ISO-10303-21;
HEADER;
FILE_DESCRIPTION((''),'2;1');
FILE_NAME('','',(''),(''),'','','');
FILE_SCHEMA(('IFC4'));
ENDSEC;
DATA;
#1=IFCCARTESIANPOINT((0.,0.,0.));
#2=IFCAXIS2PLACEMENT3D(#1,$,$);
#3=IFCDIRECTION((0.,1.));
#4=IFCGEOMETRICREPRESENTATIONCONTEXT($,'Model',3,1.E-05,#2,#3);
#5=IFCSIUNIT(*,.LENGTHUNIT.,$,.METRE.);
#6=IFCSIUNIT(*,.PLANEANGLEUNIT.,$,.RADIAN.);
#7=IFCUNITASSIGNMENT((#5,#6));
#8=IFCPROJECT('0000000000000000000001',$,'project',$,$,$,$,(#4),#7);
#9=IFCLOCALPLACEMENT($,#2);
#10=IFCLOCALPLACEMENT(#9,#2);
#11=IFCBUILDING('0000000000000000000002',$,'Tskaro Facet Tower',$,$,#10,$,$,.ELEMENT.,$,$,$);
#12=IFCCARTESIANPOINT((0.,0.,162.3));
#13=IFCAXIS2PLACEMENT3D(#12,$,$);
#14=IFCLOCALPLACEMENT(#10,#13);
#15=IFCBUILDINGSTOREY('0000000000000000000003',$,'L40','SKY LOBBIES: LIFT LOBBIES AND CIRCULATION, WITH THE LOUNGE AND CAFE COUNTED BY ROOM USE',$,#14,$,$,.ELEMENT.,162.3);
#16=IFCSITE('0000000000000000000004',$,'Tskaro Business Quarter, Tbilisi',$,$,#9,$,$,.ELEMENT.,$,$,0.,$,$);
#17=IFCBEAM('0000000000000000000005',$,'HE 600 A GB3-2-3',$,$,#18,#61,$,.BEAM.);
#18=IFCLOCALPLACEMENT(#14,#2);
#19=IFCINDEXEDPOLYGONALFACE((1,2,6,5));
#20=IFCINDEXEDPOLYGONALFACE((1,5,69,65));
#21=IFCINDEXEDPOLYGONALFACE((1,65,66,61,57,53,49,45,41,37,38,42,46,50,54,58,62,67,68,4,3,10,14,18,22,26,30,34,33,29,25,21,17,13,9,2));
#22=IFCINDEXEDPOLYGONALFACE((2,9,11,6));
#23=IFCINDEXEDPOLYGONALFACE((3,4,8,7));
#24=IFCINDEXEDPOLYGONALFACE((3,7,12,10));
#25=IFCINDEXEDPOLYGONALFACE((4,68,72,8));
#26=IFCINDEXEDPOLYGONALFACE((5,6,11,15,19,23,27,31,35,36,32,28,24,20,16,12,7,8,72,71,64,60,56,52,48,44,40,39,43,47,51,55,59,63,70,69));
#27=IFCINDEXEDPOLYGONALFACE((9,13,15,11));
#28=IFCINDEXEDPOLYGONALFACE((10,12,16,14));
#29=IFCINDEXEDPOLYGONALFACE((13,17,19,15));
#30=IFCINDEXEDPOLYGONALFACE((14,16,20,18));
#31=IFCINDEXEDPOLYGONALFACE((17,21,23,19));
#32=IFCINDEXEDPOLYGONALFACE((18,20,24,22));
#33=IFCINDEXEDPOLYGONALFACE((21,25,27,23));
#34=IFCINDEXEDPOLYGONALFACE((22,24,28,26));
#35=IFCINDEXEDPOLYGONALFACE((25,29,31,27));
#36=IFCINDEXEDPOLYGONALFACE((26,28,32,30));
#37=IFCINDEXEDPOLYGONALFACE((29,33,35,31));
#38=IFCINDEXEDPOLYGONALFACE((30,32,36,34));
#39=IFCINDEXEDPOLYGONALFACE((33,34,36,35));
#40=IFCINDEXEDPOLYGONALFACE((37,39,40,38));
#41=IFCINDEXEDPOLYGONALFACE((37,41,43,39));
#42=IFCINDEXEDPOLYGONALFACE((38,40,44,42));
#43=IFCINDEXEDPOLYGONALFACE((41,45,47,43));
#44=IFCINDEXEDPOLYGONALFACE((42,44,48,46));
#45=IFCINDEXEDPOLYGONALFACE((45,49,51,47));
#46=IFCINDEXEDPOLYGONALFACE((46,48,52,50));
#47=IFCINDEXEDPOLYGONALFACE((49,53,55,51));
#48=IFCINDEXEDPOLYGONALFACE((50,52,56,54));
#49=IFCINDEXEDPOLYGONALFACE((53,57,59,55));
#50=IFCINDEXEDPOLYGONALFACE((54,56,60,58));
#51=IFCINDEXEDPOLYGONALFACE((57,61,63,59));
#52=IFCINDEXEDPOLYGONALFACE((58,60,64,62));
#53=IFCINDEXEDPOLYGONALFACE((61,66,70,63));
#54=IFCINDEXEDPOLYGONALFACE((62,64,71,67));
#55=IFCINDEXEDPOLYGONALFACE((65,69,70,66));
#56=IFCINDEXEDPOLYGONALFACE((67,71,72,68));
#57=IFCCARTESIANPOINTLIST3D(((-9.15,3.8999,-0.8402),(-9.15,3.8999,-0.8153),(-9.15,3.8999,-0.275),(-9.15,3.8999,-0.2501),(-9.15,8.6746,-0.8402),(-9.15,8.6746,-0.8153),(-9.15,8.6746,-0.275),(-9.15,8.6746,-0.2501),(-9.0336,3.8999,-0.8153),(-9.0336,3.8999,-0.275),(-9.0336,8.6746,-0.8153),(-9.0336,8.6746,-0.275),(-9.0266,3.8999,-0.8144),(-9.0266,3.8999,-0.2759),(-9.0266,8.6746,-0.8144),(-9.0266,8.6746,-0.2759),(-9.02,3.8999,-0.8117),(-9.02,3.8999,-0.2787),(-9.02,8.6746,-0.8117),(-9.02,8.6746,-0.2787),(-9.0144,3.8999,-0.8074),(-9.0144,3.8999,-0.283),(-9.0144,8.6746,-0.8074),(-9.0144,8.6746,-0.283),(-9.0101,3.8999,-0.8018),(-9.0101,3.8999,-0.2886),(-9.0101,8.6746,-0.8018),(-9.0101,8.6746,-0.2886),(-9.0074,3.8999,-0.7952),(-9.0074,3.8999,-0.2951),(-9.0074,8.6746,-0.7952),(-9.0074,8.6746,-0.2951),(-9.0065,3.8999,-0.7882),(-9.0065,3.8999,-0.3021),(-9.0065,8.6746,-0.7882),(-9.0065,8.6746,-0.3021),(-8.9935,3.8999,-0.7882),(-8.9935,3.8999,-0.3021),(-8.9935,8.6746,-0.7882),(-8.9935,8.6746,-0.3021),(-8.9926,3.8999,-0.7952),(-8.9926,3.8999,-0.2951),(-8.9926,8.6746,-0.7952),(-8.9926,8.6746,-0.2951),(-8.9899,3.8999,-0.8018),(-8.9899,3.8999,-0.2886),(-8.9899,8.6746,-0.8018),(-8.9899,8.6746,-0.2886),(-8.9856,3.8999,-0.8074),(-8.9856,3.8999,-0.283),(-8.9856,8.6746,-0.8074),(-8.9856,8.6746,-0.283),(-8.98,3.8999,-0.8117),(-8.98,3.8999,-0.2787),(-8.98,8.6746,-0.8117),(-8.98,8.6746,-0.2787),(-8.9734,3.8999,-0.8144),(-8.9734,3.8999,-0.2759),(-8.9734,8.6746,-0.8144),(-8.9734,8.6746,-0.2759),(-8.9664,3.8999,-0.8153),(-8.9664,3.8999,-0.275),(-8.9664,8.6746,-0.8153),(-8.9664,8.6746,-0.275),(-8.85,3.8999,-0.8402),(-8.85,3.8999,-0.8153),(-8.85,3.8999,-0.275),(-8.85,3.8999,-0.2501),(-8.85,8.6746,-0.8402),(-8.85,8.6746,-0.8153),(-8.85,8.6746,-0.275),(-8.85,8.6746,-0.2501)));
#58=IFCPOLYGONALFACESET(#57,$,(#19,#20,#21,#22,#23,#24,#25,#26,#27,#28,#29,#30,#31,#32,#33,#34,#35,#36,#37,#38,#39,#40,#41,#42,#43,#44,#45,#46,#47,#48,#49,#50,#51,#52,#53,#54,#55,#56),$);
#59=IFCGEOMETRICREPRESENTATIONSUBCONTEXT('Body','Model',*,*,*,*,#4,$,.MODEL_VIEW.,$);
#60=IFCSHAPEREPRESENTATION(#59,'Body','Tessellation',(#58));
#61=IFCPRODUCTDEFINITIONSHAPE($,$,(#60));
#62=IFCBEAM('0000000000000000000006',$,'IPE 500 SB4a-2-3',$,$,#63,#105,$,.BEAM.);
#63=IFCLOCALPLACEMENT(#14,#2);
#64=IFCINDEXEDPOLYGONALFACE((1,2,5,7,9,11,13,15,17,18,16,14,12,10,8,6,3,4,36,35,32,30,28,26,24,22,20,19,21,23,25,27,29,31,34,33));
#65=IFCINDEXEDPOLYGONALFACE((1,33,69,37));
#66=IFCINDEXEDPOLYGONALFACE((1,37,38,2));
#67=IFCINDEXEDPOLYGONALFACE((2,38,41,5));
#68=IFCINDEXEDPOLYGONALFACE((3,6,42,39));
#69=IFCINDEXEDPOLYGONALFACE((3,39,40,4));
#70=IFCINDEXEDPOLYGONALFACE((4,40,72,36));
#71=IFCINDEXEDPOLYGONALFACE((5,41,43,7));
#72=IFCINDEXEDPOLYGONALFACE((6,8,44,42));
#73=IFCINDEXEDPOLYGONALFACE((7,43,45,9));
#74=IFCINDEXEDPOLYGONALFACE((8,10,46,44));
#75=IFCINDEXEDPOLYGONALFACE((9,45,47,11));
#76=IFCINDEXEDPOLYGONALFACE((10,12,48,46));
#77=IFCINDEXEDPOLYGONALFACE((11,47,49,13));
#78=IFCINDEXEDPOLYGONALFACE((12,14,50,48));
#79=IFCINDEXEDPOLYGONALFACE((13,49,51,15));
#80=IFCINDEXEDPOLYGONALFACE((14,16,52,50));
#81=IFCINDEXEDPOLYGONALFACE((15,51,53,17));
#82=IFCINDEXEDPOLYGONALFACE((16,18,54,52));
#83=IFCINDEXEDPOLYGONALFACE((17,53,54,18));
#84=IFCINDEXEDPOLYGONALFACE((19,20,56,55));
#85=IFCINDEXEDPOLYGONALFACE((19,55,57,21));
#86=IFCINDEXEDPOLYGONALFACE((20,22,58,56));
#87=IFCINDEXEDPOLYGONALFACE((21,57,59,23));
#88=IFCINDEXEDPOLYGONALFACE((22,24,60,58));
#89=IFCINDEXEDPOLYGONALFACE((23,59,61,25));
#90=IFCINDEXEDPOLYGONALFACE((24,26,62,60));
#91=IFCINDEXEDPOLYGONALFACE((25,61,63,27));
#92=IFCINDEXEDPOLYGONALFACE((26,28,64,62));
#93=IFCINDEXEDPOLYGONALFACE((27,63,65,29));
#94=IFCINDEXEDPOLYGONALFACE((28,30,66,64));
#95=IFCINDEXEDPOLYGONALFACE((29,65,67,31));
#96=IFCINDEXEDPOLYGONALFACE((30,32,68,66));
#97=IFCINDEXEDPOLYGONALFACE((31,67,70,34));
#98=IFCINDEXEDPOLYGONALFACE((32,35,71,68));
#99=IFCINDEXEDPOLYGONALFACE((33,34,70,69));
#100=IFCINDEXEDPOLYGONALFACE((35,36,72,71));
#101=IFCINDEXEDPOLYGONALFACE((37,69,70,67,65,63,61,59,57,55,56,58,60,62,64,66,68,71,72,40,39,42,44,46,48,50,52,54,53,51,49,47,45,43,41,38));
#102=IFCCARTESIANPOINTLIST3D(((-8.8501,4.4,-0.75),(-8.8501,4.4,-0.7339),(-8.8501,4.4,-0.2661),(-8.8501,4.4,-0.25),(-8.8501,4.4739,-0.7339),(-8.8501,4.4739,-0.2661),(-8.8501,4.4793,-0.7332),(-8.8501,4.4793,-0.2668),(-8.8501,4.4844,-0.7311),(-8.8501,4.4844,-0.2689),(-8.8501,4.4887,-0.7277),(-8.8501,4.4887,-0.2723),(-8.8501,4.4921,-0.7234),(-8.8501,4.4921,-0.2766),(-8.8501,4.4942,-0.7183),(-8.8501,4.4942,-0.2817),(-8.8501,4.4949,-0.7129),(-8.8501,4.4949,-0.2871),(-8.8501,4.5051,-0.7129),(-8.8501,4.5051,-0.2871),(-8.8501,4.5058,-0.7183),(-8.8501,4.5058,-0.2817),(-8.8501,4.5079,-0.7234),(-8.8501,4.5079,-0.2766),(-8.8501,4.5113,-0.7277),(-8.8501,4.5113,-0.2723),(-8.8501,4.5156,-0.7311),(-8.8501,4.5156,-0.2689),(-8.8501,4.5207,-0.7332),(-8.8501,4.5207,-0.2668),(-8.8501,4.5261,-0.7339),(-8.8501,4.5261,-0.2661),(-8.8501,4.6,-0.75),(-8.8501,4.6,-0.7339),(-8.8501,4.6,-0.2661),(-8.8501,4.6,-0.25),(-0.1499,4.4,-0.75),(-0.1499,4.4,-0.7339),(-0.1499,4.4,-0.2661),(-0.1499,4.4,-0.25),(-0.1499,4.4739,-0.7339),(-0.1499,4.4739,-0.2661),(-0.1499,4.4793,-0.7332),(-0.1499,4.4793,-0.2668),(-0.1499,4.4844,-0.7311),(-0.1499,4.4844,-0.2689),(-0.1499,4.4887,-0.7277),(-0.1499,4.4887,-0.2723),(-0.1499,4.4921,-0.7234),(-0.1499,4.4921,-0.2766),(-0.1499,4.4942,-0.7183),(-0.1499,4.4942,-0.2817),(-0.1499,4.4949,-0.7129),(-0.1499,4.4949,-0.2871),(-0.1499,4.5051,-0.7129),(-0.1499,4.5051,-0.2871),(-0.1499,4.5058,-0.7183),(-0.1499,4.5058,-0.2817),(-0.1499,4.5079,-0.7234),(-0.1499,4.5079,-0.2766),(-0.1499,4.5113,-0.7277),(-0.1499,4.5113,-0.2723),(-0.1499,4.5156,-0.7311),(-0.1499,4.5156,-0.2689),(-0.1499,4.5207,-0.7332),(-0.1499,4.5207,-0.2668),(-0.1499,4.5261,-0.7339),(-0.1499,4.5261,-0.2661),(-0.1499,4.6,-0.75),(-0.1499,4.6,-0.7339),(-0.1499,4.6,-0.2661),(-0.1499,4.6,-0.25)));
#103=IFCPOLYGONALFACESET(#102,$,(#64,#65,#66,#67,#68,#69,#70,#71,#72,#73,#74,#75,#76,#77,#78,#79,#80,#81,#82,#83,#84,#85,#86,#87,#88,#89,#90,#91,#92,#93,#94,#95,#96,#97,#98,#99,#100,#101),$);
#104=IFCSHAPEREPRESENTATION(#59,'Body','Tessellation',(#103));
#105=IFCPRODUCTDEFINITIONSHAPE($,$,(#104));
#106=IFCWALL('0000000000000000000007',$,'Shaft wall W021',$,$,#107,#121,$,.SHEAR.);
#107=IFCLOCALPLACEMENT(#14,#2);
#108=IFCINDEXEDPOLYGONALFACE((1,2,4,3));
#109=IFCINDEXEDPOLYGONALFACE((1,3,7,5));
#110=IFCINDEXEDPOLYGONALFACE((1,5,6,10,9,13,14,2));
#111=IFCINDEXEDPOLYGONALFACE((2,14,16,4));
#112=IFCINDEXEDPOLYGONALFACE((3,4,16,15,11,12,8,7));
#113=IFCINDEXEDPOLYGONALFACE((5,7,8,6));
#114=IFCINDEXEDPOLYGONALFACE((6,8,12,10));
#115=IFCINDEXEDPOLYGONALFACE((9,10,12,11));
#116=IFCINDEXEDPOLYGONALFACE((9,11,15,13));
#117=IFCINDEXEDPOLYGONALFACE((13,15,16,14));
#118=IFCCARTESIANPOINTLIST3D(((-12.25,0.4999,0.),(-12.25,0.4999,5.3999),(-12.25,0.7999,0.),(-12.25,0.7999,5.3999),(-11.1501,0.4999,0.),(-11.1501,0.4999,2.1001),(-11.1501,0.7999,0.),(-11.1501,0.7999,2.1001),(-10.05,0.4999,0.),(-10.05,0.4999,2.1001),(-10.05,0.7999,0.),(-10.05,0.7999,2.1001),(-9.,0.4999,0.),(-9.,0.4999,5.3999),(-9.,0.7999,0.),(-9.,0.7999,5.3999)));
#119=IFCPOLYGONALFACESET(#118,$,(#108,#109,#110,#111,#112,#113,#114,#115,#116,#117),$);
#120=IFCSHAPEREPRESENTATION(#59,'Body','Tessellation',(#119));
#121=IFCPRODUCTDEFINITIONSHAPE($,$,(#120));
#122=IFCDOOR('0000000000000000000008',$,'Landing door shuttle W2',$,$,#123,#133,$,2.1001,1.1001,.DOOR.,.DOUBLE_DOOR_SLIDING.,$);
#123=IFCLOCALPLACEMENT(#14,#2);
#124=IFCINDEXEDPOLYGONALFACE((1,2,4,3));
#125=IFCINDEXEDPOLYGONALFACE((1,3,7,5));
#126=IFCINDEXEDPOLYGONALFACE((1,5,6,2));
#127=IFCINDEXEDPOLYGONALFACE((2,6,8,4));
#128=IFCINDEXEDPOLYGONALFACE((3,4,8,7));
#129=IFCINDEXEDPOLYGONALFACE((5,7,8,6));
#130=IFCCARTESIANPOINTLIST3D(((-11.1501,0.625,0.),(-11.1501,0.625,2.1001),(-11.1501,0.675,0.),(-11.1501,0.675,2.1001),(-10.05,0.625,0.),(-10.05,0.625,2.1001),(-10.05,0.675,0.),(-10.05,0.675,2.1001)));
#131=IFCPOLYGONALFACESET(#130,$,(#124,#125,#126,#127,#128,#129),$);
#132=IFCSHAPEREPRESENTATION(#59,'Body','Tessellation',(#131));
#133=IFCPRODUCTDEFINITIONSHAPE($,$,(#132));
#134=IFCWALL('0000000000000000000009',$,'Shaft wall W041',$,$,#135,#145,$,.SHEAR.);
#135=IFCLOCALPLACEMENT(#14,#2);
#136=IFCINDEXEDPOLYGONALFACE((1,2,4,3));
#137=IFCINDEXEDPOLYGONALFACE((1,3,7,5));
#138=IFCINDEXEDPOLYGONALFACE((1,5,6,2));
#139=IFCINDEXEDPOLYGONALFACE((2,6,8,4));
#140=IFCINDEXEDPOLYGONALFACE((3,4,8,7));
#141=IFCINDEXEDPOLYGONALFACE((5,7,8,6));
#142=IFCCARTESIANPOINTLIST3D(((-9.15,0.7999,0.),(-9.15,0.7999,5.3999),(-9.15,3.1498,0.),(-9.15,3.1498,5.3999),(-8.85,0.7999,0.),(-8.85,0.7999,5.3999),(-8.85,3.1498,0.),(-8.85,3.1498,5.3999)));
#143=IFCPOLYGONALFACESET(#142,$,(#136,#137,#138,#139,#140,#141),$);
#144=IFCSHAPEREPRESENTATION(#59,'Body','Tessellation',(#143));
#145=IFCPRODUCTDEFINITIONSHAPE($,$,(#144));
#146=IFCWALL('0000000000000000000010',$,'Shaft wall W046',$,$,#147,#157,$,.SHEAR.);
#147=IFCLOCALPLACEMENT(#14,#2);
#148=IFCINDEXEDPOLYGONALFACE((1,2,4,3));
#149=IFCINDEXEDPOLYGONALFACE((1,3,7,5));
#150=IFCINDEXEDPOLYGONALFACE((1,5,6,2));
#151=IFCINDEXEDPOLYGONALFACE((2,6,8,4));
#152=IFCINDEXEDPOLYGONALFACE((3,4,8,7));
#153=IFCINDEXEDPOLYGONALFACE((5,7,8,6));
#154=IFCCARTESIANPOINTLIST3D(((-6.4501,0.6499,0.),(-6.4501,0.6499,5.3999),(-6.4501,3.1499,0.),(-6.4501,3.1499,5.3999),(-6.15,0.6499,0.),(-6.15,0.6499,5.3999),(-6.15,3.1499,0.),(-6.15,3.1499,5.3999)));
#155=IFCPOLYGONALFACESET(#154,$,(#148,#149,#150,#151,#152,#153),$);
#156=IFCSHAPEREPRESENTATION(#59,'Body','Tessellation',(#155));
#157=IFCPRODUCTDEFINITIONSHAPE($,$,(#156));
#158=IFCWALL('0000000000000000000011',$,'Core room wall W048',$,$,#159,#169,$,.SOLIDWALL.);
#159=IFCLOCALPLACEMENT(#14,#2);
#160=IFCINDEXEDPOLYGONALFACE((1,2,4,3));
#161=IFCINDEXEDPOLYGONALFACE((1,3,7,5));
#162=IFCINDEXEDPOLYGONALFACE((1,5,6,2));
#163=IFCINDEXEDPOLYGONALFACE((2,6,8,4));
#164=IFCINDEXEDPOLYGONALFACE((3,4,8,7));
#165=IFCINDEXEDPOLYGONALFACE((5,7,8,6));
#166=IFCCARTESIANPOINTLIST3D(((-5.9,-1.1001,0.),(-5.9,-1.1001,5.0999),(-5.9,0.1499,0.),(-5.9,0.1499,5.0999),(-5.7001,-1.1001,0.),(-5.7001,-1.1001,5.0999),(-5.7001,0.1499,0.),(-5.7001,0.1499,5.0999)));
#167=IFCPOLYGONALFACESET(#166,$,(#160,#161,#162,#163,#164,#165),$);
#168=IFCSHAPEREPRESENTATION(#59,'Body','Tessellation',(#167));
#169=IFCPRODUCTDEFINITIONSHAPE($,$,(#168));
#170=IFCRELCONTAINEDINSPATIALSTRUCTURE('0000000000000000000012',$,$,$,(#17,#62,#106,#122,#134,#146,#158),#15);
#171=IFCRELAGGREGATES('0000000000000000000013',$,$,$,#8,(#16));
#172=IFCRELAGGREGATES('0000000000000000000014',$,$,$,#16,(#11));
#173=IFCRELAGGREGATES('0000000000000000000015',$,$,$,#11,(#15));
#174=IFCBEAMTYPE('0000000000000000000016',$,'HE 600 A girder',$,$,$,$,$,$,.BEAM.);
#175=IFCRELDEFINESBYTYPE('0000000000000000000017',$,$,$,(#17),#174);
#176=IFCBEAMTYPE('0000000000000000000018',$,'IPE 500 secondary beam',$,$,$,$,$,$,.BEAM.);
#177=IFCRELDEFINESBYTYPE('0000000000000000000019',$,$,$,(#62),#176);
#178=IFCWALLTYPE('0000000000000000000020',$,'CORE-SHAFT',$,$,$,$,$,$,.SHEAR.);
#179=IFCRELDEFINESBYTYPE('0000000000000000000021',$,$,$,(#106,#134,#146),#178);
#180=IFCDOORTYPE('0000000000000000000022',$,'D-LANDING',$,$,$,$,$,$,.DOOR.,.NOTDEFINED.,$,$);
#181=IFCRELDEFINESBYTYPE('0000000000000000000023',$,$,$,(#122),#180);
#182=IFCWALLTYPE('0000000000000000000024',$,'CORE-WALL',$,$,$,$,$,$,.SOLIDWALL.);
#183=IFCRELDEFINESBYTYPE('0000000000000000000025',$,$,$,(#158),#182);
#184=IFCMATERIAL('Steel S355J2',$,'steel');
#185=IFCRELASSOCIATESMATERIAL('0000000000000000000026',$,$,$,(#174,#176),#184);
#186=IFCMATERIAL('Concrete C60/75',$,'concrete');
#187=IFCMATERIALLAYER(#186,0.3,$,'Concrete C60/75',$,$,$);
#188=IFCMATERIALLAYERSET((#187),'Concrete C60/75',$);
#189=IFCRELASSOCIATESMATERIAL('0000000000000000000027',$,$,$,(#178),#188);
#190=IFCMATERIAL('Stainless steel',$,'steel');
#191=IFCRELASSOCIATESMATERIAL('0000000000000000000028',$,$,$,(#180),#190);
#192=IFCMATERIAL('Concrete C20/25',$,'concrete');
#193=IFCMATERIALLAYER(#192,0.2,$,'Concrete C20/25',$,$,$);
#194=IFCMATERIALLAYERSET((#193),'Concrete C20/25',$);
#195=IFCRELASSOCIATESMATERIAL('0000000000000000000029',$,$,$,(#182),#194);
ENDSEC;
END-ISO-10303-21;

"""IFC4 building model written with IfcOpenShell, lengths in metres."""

from ifc_helpers import new_model, si_unit, direction, frame, frame_2d, origin, origin_2d, place, context, subcontext, project, spatial, rectangle, i_section, extrude, material, layer, layer_set, material_profile, profile_set, type_object, element, fill, save


model = new_model("IFC4")

# Units and contexts
model_context = context("Model", 3, precision=1e-05, world=origin(), true_north=direction((0.0, 1.0)))
body_context = subcontext(model_context, "Body", "Model", "MODEL_VIEW")
ifc_project = project(units=[si_unit("LENGTHUNIT", "METRE"), si_unit("PLANEANGLEUNIT", "RADIAN")], contexts=[model_context])

# Site, building, storey
site_placement = place(None, origin())
site = spatial("IfcSite", under=ifc_project, at=site_placement, Name="Tskaro Business Quarter, Tbilisi", CompositionType="ELEMENT", RefElevation=0.0)
building_placement = place(site_placement, origin())
building = spatial("IfcBuilding", under=site, at=building_placement, Name="Tskaro Facet Tower", CompositionType="ELEMENT")
storey_placement = place(building_placement, frame((0.0, 0.0, 162.3)))
storey = spatial("IfcBuildingStorey", under=building, at=storey_placement, Name="L40", Description="SKY LOBBIES: LIFT LOBBIES AND CIRCULATION, WITH THE LOUNGE AND CAFE COUNTED BY ROOM USE", CompositionType="ELEMENT", Elevation=162.3)

# Beams
ifc_material_1 = material(Name="Steel S355J2", Category="steel")
ifc_material_profile_1 = material_profile(ifc_material_1, i_section(OverallWidth=0.3, OverallDepth=0.5901, WebThickness=0.0129, FlangeThickness=0.0249, FilletRadius=0.0271, at=origin_2d()), Name="HE 600 A")
ifc_profile_set_1 = profile_set([ifc_material_profile_1], Name="Steel S355J2")
beam_type_1 = type_object("IfcBeamType", Name="HE 600 A girder", PredefinedType="BEAM", material=ifc_profile_set_1)
beam_1_placement = place(storey_placement, frame((-9.0, 3.8999, -0.5452), z_axis=(0.0, 1.0, 0.0), x_axis=(-1.0, 0.0, 0.0)))
element("IfcBeam", 1, at=beam_1_placement, inside=storey, type_object=beam_type_1, Name="HE 600 A GB3-2-3", PredefinedType="BEAM", context=body_context, shape_type="SweptSolid", body=[
    extrude(i_section(OverallWidth=0.3, OverallDepth=0.5901, WebThickness=0.0129, FlangeThickness=0.0249, FilletRadius=0.0271, at=origin_2d()), origin(), (0.0, 0.0, 1.0), 4.7747),
])
ifc_material_profile_2 = material_profile(ifc_material_1, i_section(OverallWidth=0.2, OverallDepth=0.5, WebThickness=0.0103, FlangeThickness=0.0161, FilletRadius=0.021, at=origin_2d()), Name="IPE 500")
ifc_profile_set_2 = profile_set([ifc_material_profile_2], Name="Steel S355J2")
beam_type_2 = type_object("IfcBeamType", Name="IPE 500 secondary beam", PredefinedType="BEAM", material=ifc_profile_set_2)
beam_2_placement = place(storey_placement, frame((-8.8501, 4.5, -0.5), z_axis=(1.0, 0.0, 0.0), x_axis=(0.0, 1.0, 0.0)))
element("IfcBeam", 2, at=beam_2_placement, inside=storey, type_object=beam_type_2, Name="IPE 500 SB4a-2-3", PredefinedType="BEAM", context=body_context, shape_type="SweptSolid", body=[
    extrude(i_section(OverallWidth=0.2, OverallDepth=0.5, WebThickness=0.0103, FlangeThickness=0.0161, FilletRadius=0.021, at=origin_2d()), origin(), (0.0, 0.0, 1.0), 8.7002),
])

# Wall, opening, door
ifc_material_2 = material(Name="Concrete C60/75", Category="concrete")
ifc_layer_1 = layer(ifc_material_2, 0.3, Name="Concrete C60/75")
ifc_layer_set_1 = layer_set([ifc_layer_1], Name="Concrete C60/75")
wall_type_1 = type_object("IfcWallType", Name="CORE-SHAFT", PredefinedType="SHEAR", material=ifc_layer_set_1)
wall_1_placement = place(storey_placement, frame((-9.0, 0.6499, 0.0), z_axis=(0.0, 0.0, 1.0), x_axis=(-1.0, 0.0, 0.0)))
wall_1 = element("IfcWall", 3, at=wall_1_placement, inside=storey, type_object=wall_type_1, Name="Shaft wall W021", PredefinedType="SHEAR", context=body_context, shape_type="SweptSolid", body=[
    extrude(rectangle(XDim=3.25, YDim=0.3, at=frame_2d((1.625, 0.0))), origin(), (0.0, 0.0, 1.0), 5.3999),
])
opening_1_placement = place(wall_1_placement, frame((1.05, 0.0, 0.0)))
opening_1 = element("IfcOpeningElement", 4, at=opening_1_placement, cuts=wall_1, PredefinedType="OPENING", context=body_context, shape_type="SweptSolid", body=[
    extrude(rectangle(XDim=1.1001, YDim=2.1001, at=frame_2d((0.55, 1.05))), frame((0.0, 0.1599, 0.0), z_axis=(0.0, -1.0, 0.0), x_axis=(1.0, 0.0, 0.0)), (0.0, 0.0, 1.0), 0.3201),
])
ifc_material_3 = material(Name="Stainless steel", Category="steel")
door_type_1 = type_object("IfcDoorType", Name="D-LANDING", OperationType="NOTDEFINED", PredefinedType="DOOR", material=ifc_material_3)
door_1_placement = place(opening_1_placement, origin())
door_1 = element("IfcDoor", 5, at=door_1_placement, inside=storey, type_object=door_type_1, Name="Landing door shuttle W2", OperationType="DOUBLE_DOOR_SLIDING", OverallHeight=2.1001, OverallWidth=1.1001, PredefinedType="DOOR", context=body_context, shape_type="SweptSolid", body=[
    extrude(rectangle(XDim=1.1001, YDim=2.1001, at=frame_2d((0.55, 1.05))), frame((0.0, 0.0249, 0.0), z_axis=(0.0, -1.0, 0.0), x_axis=(1.0, 0.0, 0.0)), (0.0, 0.0, 1.0), 0.05),
])
fill(opening_1, door_1)

# Walls
wall_2_placement = place(storey_placement, frame((-9.0, 0.8, 0.0), z_axis=(0.0, 0.0, 1.0), x_axis=(0.0, 1.0, 0.0)))
element("IfcWall", 6, at=wall_2_placement, inside=storey, type_object=wall_type_1, Name="Shaft wall W041", PredefinedType="SHEAR", context=body_context, shape_type="SweptSolid", body=[
    extrude(rectangle(XDim=2.3499, YDim=0.3, at=frame_2d((1.1748, 0.0))), origin(), (0.0, 0.0, 1.0), 5.3999),
])
wall_3_placement = place(storey_placement, frame((-6.3, 0.6499, 0.0), z_axis=(0.0, 0.0, 1.0), x_axis=(0.0, 1.0, 0.0)))
element("IfcWall", 7, at=wall_3_placement, inside=storey, type_object=wall_type_1, Name="Shaft wall W046", PredefinedType="SHEAR", context=body_context, shape_type="SweptSolid", body=[
    extrude(rectangle(XDim=2.5, YDim=0.3, at=frame_2d((1.25, 0.0))), origin(), (0.0, 0.0, 1.0), 5.3999),
])
ifc_material_4 = material(Name="Concrete C20/25", Category="concrete")
ifc_layer_2 = layer(ifc_material_4, 0.2, Name="Concrete C20/25")
ifc_layer_set_2 = layer_set([ifc_layer_2], Name="Concrete C20/25")
wall_type_2 = type_object("IfcWallType", Name="CORE-WALL", PredefinedType="SOLIDWALL", material=ifc_layer_set_2)
wall_4_placement = place(storey_placement, frame((-5.8, -1.1001, 0.0), z_axis=(0.0, 0.0, 1.0), x_axis=(0.0, 1.0, 0.0)))
element("IfcWall", 8, at=wall_4_placement, inside=storey, type_object=wall_type_2, Name="Core room wall W048", PredefinedType="SOLIDWALL", context=body_context, shape_type="SweptSolid", body=[
    extrude(rectangle(XDim=1.25, YDim=0.2, at=frame_2d((0.625, 0.0))), origin(), (0.0, 0.0, 1.0), 5.0999),
])

save(model, "model.ifc")
